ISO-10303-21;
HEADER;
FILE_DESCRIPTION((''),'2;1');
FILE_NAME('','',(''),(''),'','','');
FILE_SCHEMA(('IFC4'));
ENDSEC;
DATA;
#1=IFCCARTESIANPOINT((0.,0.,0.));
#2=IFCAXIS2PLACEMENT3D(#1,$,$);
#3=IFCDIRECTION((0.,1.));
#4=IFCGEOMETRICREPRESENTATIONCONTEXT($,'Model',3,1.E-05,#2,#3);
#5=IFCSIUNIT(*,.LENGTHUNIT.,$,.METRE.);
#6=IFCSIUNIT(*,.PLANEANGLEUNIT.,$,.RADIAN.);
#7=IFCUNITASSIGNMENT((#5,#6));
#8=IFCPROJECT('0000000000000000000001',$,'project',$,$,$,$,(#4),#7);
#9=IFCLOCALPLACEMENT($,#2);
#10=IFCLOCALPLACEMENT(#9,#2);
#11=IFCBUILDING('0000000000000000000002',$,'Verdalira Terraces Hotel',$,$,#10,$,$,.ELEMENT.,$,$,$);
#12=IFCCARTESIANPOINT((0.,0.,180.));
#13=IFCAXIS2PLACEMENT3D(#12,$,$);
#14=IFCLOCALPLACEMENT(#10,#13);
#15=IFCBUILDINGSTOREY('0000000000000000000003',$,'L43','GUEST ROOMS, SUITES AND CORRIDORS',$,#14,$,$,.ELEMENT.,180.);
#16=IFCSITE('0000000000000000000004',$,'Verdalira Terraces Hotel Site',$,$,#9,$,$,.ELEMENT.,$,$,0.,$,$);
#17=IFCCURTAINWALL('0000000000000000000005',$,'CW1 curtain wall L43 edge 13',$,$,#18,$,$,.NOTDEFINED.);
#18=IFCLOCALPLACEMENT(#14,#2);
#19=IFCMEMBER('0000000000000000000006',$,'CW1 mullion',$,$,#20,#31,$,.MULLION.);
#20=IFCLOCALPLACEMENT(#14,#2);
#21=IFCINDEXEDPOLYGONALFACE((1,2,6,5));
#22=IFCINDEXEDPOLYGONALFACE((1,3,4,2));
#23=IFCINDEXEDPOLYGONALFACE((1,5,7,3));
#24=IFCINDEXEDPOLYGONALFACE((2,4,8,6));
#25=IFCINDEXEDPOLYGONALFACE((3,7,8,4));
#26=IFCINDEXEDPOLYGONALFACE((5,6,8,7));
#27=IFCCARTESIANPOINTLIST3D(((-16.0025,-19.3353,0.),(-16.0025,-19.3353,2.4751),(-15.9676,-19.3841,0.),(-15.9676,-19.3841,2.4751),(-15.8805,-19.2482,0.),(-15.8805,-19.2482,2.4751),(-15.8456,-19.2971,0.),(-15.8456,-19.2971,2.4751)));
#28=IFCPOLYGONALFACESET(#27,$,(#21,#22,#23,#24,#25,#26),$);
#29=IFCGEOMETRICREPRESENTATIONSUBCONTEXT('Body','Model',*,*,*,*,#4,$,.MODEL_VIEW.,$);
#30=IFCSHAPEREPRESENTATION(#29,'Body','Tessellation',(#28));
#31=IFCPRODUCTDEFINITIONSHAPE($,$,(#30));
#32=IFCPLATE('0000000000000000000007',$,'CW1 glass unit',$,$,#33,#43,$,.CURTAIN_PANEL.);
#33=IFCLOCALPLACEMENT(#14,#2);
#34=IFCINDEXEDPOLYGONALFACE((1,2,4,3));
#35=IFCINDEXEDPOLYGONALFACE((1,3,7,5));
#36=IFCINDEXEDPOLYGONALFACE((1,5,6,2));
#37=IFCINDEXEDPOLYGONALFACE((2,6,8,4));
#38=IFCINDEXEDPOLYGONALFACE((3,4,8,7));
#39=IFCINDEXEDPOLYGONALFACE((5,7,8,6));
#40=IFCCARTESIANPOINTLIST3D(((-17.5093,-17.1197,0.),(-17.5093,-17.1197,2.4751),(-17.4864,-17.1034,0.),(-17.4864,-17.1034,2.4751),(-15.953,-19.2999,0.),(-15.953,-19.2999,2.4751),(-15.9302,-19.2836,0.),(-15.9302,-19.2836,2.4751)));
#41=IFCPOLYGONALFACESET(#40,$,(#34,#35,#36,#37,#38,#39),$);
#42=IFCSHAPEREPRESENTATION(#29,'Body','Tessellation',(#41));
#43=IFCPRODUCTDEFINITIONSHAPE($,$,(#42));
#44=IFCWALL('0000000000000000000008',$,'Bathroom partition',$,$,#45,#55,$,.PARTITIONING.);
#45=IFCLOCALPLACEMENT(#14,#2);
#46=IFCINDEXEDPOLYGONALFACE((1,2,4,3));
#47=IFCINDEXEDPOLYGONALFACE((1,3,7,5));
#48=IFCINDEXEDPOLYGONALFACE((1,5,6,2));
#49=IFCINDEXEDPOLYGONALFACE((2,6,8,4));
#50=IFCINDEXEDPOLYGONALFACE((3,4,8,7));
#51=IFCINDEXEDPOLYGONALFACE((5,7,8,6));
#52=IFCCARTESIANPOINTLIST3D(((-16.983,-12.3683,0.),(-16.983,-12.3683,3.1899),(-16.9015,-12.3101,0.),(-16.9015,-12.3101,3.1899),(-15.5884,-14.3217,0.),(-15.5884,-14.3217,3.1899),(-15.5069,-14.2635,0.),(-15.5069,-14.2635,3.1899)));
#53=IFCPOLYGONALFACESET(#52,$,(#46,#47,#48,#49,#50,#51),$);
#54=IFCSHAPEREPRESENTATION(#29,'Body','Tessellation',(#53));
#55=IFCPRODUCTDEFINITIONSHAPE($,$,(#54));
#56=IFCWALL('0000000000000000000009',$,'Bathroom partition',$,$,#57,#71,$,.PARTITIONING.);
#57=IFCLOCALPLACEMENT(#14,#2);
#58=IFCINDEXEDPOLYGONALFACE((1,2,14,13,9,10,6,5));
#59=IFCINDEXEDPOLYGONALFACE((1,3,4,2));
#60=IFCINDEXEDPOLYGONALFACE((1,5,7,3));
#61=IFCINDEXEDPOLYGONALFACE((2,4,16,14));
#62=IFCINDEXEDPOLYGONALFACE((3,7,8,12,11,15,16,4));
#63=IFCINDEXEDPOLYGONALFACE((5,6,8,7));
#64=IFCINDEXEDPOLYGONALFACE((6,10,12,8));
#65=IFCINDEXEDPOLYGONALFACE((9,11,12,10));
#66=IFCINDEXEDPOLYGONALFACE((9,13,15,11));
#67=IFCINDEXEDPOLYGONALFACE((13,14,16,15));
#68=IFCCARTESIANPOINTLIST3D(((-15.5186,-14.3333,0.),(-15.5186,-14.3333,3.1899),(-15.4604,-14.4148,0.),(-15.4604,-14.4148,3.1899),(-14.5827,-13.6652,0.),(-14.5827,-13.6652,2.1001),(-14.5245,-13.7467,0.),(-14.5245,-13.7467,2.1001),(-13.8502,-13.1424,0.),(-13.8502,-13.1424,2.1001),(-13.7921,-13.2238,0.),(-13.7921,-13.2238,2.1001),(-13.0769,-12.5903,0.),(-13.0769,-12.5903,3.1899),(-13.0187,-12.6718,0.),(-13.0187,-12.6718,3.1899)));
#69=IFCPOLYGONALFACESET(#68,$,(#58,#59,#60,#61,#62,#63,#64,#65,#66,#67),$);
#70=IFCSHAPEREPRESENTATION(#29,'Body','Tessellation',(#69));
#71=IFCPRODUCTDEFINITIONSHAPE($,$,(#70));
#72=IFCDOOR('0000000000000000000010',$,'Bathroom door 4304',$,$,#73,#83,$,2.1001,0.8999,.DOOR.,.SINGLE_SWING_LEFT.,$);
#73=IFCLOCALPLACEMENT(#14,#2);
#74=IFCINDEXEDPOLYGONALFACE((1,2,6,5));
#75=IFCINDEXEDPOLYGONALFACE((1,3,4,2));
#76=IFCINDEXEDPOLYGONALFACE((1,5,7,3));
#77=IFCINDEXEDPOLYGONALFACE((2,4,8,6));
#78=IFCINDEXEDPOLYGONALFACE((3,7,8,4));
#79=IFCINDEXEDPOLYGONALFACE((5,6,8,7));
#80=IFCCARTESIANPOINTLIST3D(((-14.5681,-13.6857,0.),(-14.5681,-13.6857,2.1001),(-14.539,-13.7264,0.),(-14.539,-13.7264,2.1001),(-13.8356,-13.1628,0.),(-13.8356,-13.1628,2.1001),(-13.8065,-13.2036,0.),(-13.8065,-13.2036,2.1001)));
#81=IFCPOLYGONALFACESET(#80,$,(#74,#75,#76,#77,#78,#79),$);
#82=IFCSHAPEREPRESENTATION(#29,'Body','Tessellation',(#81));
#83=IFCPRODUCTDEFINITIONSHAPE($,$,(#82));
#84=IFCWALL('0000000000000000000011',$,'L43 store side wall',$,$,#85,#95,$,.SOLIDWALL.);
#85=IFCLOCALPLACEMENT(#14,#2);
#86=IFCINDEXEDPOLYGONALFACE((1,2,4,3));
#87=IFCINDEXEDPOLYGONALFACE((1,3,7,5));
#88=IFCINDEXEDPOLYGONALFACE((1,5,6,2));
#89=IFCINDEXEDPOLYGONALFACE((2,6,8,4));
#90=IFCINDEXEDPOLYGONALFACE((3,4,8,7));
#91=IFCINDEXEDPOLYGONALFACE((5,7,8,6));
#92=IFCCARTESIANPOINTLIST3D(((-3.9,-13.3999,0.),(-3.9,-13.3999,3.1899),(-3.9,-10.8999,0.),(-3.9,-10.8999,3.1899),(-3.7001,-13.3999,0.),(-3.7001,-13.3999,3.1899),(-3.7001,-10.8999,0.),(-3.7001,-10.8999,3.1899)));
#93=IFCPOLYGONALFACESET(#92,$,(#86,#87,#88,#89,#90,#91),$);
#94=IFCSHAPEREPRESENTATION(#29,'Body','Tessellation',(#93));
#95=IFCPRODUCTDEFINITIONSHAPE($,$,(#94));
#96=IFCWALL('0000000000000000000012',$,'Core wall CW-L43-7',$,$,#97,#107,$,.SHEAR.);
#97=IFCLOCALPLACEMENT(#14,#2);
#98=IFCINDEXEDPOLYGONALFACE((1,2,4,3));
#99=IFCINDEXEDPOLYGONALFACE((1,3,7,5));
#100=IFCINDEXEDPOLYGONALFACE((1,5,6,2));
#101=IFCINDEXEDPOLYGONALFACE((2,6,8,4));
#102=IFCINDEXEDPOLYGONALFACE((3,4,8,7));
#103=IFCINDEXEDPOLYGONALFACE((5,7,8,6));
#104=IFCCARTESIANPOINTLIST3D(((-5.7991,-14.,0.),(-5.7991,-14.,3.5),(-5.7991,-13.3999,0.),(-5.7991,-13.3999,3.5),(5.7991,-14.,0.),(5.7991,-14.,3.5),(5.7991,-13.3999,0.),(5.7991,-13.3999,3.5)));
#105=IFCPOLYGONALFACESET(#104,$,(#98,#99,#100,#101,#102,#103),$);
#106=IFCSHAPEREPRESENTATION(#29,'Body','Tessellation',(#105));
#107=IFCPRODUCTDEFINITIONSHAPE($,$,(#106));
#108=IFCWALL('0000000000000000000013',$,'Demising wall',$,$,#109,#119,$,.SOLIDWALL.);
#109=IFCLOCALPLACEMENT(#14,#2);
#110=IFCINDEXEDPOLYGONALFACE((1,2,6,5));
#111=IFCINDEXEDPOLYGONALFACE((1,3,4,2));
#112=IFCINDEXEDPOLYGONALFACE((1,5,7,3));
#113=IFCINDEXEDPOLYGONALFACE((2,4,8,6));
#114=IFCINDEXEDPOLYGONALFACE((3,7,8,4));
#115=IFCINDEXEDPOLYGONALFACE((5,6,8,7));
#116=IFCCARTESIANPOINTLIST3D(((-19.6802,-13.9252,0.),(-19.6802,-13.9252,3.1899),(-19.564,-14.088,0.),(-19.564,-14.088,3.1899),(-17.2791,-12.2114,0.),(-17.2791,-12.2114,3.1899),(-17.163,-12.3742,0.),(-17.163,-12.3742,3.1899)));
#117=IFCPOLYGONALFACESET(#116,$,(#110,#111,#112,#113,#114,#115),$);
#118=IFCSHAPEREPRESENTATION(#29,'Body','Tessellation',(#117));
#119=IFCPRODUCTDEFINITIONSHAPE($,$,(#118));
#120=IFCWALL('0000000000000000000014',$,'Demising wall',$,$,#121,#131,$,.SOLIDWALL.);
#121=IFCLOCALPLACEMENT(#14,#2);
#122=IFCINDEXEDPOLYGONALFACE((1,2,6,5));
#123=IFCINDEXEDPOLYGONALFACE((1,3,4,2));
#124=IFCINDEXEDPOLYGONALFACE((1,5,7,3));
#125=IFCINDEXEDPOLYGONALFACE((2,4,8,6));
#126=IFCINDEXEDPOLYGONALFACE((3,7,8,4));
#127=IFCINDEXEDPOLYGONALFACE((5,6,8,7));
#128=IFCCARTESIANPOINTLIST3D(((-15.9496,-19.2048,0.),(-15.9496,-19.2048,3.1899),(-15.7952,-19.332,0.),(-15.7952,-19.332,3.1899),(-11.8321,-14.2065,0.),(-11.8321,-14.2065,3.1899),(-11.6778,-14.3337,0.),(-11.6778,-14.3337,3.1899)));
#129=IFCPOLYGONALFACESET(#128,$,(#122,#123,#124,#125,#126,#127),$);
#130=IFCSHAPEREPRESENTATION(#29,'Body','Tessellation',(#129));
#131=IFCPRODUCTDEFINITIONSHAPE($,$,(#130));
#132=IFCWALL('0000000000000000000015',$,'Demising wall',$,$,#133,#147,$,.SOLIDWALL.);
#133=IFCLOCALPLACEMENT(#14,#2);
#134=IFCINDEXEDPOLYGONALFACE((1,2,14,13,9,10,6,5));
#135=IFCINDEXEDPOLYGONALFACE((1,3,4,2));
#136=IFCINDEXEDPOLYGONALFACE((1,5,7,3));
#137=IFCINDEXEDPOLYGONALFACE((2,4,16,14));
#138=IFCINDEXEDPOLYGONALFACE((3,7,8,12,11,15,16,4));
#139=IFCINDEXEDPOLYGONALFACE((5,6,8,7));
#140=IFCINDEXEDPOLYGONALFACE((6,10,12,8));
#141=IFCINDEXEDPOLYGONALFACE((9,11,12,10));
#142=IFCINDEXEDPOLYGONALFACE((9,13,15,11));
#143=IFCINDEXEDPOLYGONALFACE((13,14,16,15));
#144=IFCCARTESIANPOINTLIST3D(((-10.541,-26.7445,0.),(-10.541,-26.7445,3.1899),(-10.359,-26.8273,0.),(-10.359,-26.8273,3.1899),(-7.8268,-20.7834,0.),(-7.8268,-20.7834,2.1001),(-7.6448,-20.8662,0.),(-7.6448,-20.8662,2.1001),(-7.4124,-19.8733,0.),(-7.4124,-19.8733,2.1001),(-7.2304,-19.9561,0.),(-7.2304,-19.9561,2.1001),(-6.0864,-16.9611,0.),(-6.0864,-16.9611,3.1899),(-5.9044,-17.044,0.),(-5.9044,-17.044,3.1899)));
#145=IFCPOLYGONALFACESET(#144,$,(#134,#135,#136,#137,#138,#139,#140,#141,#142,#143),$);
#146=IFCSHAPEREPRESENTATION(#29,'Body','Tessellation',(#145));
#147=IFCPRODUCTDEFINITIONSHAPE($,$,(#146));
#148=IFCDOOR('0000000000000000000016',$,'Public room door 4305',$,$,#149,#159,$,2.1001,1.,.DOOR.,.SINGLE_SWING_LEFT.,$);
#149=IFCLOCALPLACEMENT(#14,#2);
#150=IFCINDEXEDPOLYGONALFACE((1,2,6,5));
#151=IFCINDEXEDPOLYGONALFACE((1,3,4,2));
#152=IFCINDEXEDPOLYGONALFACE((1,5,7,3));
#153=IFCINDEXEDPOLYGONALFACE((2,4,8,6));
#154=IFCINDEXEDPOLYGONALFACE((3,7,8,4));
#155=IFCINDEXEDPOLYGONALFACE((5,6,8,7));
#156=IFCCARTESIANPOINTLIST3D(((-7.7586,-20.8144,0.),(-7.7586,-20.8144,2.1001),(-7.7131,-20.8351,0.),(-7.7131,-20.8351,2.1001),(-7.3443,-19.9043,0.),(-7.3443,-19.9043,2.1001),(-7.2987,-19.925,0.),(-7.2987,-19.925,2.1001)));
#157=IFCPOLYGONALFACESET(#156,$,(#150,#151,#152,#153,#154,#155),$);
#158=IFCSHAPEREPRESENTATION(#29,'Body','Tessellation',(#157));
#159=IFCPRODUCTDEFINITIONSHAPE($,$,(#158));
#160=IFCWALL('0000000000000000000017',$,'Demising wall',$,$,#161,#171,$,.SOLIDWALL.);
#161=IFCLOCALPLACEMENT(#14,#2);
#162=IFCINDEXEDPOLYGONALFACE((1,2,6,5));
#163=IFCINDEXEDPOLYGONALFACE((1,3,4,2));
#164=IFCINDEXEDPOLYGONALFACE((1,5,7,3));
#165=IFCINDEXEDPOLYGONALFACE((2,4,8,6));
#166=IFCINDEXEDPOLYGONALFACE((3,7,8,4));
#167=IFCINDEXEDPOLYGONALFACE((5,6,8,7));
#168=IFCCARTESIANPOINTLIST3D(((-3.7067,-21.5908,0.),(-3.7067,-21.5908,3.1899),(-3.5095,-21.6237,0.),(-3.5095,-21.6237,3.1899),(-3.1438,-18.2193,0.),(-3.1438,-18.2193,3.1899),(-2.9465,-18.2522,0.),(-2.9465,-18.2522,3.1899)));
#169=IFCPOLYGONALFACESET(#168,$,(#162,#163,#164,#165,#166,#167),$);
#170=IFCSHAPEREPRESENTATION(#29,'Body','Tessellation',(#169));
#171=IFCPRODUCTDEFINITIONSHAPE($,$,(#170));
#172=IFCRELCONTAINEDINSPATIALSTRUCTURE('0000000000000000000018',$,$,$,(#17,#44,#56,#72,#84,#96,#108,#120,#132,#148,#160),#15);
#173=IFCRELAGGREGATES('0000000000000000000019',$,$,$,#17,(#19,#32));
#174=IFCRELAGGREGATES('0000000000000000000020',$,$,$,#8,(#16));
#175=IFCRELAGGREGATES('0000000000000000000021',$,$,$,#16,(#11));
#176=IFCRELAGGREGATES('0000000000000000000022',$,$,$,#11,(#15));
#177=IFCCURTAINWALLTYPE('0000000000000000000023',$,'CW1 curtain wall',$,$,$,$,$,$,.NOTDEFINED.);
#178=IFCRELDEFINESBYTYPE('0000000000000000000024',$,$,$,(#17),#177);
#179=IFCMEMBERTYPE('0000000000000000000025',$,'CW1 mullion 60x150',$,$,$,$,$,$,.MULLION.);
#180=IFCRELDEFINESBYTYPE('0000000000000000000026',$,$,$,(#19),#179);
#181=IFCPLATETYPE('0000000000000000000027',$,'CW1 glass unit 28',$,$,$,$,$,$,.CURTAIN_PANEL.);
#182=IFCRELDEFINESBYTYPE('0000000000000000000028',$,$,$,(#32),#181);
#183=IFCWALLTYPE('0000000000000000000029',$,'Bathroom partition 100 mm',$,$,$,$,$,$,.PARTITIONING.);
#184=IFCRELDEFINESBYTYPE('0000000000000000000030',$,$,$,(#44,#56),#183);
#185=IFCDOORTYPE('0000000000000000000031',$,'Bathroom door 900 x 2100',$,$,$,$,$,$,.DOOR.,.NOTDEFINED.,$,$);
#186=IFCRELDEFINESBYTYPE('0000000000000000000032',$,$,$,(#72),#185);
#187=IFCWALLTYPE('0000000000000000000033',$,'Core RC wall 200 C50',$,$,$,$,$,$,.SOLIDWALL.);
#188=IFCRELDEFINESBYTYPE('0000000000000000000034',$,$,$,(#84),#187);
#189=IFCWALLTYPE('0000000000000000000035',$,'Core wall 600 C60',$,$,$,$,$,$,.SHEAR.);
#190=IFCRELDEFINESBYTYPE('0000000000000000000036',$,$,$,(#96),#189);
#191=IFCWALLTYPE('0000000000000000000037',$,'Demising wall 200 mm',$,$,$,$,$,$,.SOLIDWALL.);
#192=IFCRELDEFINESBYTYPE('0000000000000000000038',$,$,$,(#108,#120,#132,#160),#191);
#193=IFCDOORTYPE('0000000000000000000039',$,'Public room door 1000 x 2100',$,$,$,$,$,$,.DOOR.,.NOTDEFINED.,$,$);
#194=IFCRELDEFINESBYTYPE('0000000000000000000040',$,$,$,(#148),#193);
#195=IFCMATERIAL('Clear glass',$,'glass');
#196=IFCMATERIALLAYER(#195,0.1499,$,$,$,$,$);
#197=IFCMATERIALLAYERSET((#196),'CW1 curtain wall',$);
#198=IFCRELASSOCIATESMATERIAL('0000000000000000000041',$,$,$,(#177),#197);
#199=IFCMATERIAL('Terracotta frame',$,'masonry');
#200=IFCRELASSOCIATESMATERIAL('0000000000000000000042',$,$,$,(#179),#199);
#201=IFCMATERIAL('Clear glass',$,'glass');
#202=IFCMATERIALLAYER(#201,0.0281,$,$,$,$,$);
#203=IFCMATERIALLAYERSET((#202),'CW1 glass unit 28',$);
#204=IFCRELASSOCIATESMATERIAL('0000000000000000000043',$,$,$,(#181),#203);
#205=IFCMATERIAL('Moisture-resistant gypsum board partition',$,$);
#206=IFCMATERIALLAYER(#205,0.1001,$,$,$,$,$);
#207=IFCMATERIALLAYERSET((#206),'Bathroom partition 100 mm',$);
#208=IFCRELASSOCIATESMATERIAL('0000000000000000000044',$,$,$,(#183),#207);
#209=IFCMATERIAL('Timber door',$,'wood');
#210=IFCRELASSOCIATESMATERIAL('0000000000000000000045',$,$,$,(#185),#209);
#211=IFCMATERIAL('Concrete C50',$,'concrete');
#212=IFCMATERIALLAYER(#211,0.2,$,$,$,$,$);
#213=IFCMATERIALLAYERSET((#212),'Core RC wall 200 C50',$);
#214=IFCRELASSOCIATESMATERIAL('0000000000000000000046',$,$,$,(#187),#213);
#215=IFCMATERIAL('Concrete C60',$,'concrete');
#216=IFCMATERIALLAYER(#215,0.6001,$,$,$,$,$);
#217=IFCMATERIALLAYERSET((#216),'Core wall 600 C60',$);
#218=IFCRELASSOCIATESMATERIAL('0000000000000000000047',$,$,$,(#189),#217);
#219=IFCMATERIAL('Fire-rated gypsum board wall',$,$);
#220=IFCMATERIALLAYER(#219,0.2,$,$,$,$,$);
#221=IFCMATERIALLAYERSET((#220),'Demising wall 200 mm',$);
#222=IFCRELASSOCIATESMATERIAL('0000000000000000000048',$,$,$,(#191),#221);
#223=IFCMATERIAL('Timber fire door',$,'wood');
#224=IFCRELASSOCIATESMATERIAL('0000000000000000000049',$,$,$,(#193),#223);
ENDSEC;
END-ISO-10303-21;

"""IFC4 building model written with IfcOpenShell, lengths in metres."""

from ifc_helpers import new_model, si_unit, direction, frame, frame_2d, origin, origin_2d, place, context, subcontext, project, spatial, rectangle, extrude, material, layer, layer_set, material_profile, profile_set, type_object, element, fill, aggregate, save


model = new_model("IFC4")

# Units and contexts
model_context = context("Model", 3, precision=1e-05, world=origin(), true_north=direction((0.0, 1.0)))
body_context = subcontext(model_context, "Body", "Model", "MODEL_VIEW")
ifc_project = project(units=[si_unit("LENGTHUNIT", "METRE"), si_unit("PLANEANGLEUNIT", "RADIAN")], contexts=[model_context])

# Site, building, storey
site_placement = place(None, origin())
site = spatial("IfcSite", under=ifc_project, at=site_placement, Name="Verdalira Terraces Hotel Site", CompositionType="ELEMENT", RefElevation=0.0)
building_placement = place(site_placement, origin())
building = spatial("IfcBuilding", under=site, at=building_placement, Name="Verdalira Terraces Hotel", CompositionType="ELEMENT")
storey_placement = place(building_placement, frame((0.0, 0.0, 180.0)))
storey = spatial("IfcBuildingStorey", under=building, at=storey_placement, Name="L43", Description="GUEST ROOMS, SUITES AND CORRIDORS", CompositionType="ELEMENT", Elevation=180.0)

# Curtain wall, member, plate
ifc_material_1 = material(Name="Clear glass", Category="glass")
ifc_layer_1 = layer(ifc_material_1, 0.1499)
ifc_layer_set_1 = layer_set([ifc_layer_1], Name="CW1 curtain wall")
curtain_wall_type = type_object("IfcCurtainWallType", Name="CW1 curtain wall", PredefinedType="NOTDEFINED", material=ifc_layer_set_1)
curtain_wall_placement = place(storey_placement, origin())
curtain_wall = element("IfcCurtainWall", 1, at=curtain_wall_placement, inside=storey, type_object=curtain_wall_type, Name="CW1 curtain wall L43 edge 13", PredefinedType="NOTDEFINED")
ifc_material_2 = material(Name="Terracotta frame", Category="masonry")
ifc_material_profile = material_profile(ifc_material_2, rectangle(XDim=0.0601, YDim=0.1499, at=origin_2d()), Name="MU 60x150")
ifc_profile_set = profile_set([ifc_material_profile], Name="Terracotta frame")
member_type = type_object("IfcMemberType", Name="CW1 mullion 60x150", PredefinedType="MULLION", material=ifc_profile_set)
member_placement = place(storey_placement, frame((-15.9241, -19.3162, 0.0), z_axis=(0.0, 0.0, 1.0), x_axis=(0.580987, -0.813913, 0.0)))
member = element("IfcMember", 2, at=member_placement, type_object=member_type, Name="CW1 mullion", PredefinedType="MULLION", context=body_context, shape_type="SweptSolid", body=[
    extrude(rectangle(XDim=0.0601, YDim=0.1499, at=origin_2d()), origin(), (0.0, 0.0, 1.0), 2.4751),
])
ifc_material_3 = material(Name="Clear glass", Category="glass")
ifc_layer_2 = layer(ifc_material_3, 0.0281)
ifc_layer_set_2 = layer_set([ifc_layer_2], Name="CW1 glass unit 28")
plate_type = type_object("IfcPlateType", Name="CW1 glass unit 28", PredefinedType="CURTAIN_PANEL", material=ifc_layer_set_2)
plate_placement = place(storey_placement, frame((-16.7197, -18.2017, 0.0), z_axis=(0.0, 0.0, 1.0), x_axis=(0.580987, -0.813913, 0.0)))
plate = element("IfcPlate", 3, at=plate_placement, type_object=plate_type, Name="CW1 glass unit", PredefinedType="CURTAIN_PANEL", context=body_context, shape_type="SweptSolid", body=[
    extrude(rectangle(XDim=2.6787, YDim=0.0281, at=origin_2d()), origin(), (0.0, 0.0, 1.0), 2.4751),
])
aggregate(curtain_wall, [member, plate])

# Wall
ifc_material_4 = material(Name="Moisture-resistant gypsum board partition")
ifc_layer_3 = layer(ifc_material_4, 0.1001)
ifc_layer_set_3 = layer_set([ifc_layer_3], Name="Bathroom partition 100 mm")
wall_type_1 = type_object("IfcWallType", Name="Bathroom partition 100 mm", PredefinedType="PARTITIONING", material=ifc_layer_set_3)
wall_1_placement = place(storey_placement, frame((-15.5476, -14.2927, 0.0), z_axis=(0.0, 0.0, 1.0), x_axis=(-0.581036, 0.813878, 0.0)))
element("IfcWall", 4, at=wall_1_placement, inside=storey, type_object=wall_type_1, Name="Bathroom partition", PredefinedType="PARTITIONING", context=body_context, shape_type="SweptSolid", body=[
    extrude(rectangle(XDim=2.4001, YDim=0.1001, at=frame_2d((1.2002, 0.0))), origin(), (0.0, 0.0, 1.0), 3.1899),
])

# Wall, opening, door
wall_2_placement = place(storey_placement, frame((-15.4895, -14.374, 0.0), z_axis=(0.0, 0.0, 1.0), x_axis=(0.813909, 0.580992, 0.0)))
wall_2 = element("IfcWall", 5, at=wall_2_placement, inside=storey, type_object=wall_type_1, Name="Bathroom partition", PredefinedType="PARTITIONING", context=body_context, shape_type="SweptSolid", body=[
    extrude(rectangle(XDim=3.0, YDim=0.1001, at=frame_2d((1.5, 0.0))), origin(), (0.0, 0.0, 1.0), 3.1899),
])
opening_1_placement = place(wall_2_placement, frame((1.1499, 0.0, 0.0)))
opening_1 = element("IfcOpeningElement", 6, at=opening_1_placement, cuts=wall_2, PredefinedType="OPENING", context=body_context, shape_type="SweptSolid", body=[
    extrude(rectangle(XDim=0.8999, YDim=2.1001, at=frame_2d((0.45, 1.05))), frame((0.0, 0.0601, 0.0), z_axis=(0.0, -1.0, 0.0), x_axis=(1.0, 0.0, 0.0)), (0.0, 0.0, 1.0), 0.1201),
])
ifc_material_5 = material(Name="Timber door", Category="wood")
door_type_1 = type_object("IfcDoorType", Name="Bathroom door 900 x 2100", OperationType="NOTDEFINED", PredefinedType="DOOR", material=ifc_material_5)
door_1_placement = place(opening_1_placement, origin())
door_1 = element("IfcDoor", 7, at=door_1_placement, inside=storey, type_object=door_type_1, Name="Bathroom door 4304", OperationType="SINGLE_SWING_LEFT", OverallHeight=2.1001, OverallWidth=0.8999, PredefinedType="DOOR", context=body_context, shape_type="SweptSolid", body=[
    extrude(rectangle(XDim=0.8999, YDim=2.1001, at=frame_2d((0.45, 1.05))), frame((0.0, 0.0249, 0.0), z_axis=(0.0, -1.0, 0.0), x_axis=(1.0, 0.0, 0.0)), (0.0, 0.0, 1.0), 0.05),
])
fill(opening_1, door_1)

# Walls
ifc_material_6 = material(Name="Concrete C50", Category="concrete")
ifc_layer_4 = layer(ifc_material_6, 0.2)
ifc_layer_set_4 = layer_set([ifc_layer_4], Name="Core RC wall 200 C50")
wall_type_2 = type_object("IfcWallType", Name="Core RC wall 200 C50", PredefinedType="SOLIDWALL", material=ifc_layer_set_4)
wall_3_placement = place(storey_placement, frame((-3.8, -10.8999, 0.0), z_axis=(0.0, 0.0, 1.0), x_axis=(0.0, -1.0, 0.0)))
element("IfcWall", 8, at=wall_3_placement, inside=storey, type_object=wall_type_2, Name="L43 store side wall", PredefinedType="SOLIDWALL", context=body_context, shape_type="SweptSolid", body=[
    extrude(rectangle(XDim=2.5, YDim=0.2, at=frame_2d((1.25, 0.0))), origin(), (0.0, 0.0, 1.0), 3.1899),
])
ifc_material_7 = material(Name="Concrete C60", Category="concrete")
ifc_layer_5 = layer(ifc_material_7, 0.6001)
ifc_layer_set_5 = layer_set([ifc_layer_5], Name="Core wall 600 C60")
wall_type_3 = type_object("IfcWallType", Name="Core wall 600 C60", PredefinedType="SHEAR", material=ifc_layer_set_5)
wall_4_placement = place(storey_placement, frame((-5.7991, -13.7, 0.0), z_axis=(0.0, 0.0, 1.0), x_axis=(1.0, 0.0, 0.0)))
element("IfcWall", 9, at=wall_4_placement, inside=storey, type_object=wall_type_3, Name="Core wall CW-L43-7", PredefinedType="SHEAR", context=body_context, shape_type="SweptSolid", body=[
    extrude(rectangle(XDim=11.5981, YDim=0.6001, at=frame_2d((5.7991, 0.0))), origin(), (0.0, 0.0, 1.0), 3.5),
])
ifc_material_8 = material(Name="Fire-rated gypsum board wall")
ifc_layer_6 = layer(ifc_material_8, 0.2)
ifc_layer_set_6 = layer_set([ifc_layer_6], Name="Demising wall 200 mm")
wall_type_4 = type_object("IfcWallType", Name="Demising wall 200 mm", PredefinedType="SOLIDWALL", material=ifc_layer_set_6)
wall_5_placement = place(storey_placement, frame((-17.2209, -12.2927, 0.0), z_axis=(0.0, 0.0, 1.0), x_axis=(-0.813929, -0.580964, 0.0)))
element("IfcWall", 10, at=wall_5_placement, inside=storey, type_object=wall_type_4, Name="Demising wall", PredefinedType="SOLIDWALL", context=body_context, shape_type="SweptSolid", body=[
    extrude(rectangle(XDim=2.95, YDim=0.2, at=frame_2d((1.4751, 0.0))), origin(), (0.0, 0.0, 1.0), 3.1899),
])
wall_6_placement = place(storey_placement, frame((-15.8723, -19.2683, 0.0), z_axis=(0.0, 0.0, 1.0), x_axis=(0.635817, 0.77184, 0.0)))
element("IfcWall", 11, at=wall_6_placement, inside=storey, type_object=wall_type_4, Name="Demising wall", PredefinedType="SOLIDWALL", context=body_context, shape_type="SweptSolid", body=[
    extrude(rectangle(XDim=6.4758, YDim=0.2, at=frame_2d((3.2378, 0.0))), origin(), (0.0, 0.0, 1.0), 3.1899),
])

# Wall, opening, door
wall_7_placement = place(storey_placement, frame((-5.9954, -17.0024, 0.0), z_axis=(0.0, 0.0, 1.0), x_axis=(-0.414386, -0.910101, 0.0)))
wall_7 = element("IfcWall", 12, at=wall_7_placement, inside=storey, type_object=wall_type_4, Name="Demising wall", PredefinedType="SOLIDWALL", context=body_context, shape_type="SweptSolid", body=[
    extrude(rectangle(XDim=10.7498, YDim=0.2, at=frame_2d((5.375, 0.0))), origin(), (0.0, 0.0, 1.0), 3.1899),
])
opening_2_placement = place(wall_7_placement, frame((3.2, 0.0, 0.0)))
opening_2 = element("IfcOpeningElement", 13, at=opening_2_placement, cuts=wall_7, PredefinedType="OPENING", context=body_context, shape_type="SweptSolid", body=[
    extrude(rectangle(XDim=1.0, YDim=2.1001, at=frame_2d((0.5, 1.05))), frame((0.0, 0.1099, 0.0), z_axis=(0.0, -1.0, 0.0), x_axis=(1.0, 0.0, 0.0)), (0.0, 0.0, 1.0), 0.22),
])
ifc_material_9 = material(Name="Timber fire door", Category="wood")
door_type_2 = type_object("IfcDoorType", Name="Public room door 1000 x 2100", OperationType="NOTDEFINED", PredefinedType="DOOR", material=ifc_material_9)
door_2_placement = place(opening_2_placement, origin())
door_2 = element("IfcDoor", 14, at=door_2_placement, inside=storey, type_object=door_type_2, Name="Public room door 4305", OperationType="SINGLE_SWING_LEFT", OverallHeight=2.1001, OverallWidth=1.0, PredefinedType="DOOR", context=body_context, shape_type="SweptSolid", body=[
    extrude(rectangle(XDim=1.0, YDim=2.1001, at=frame_2d((0.5, 1.05))), frame((0.0, 0.0249, 0.0), z_axis=(0.0, -1.0, 0.0), x_axis=(1.0, 0.0, 0.0)), (0.0, 0.0, 1.0), 0.05),
])
fill(opening_2, door_2)

# Wall
wall_8_placement = place(storey_placement, frame((-3.0452, -18.2358, 0.0), z_axis=(0.0, 0.0, 1.0), x_axis=(-0.1647, -0.986344, 0.0)))
element("IfcWall", 15, at=wall_8_placement, inside=storey, type_object=wall_type_4, Name="Demising wall", PredefinedType="SOLIDWALL", context=body_context, shape_type="SweptSolid", body=[
    extrude(rectangle(XDim=3.4182, YDim=0.2, at=frame_2d((1.709, 0.0))), origin(), (0.0, 0.0, 1.0), 3.1899),
])

save(model, "model.ifc")
